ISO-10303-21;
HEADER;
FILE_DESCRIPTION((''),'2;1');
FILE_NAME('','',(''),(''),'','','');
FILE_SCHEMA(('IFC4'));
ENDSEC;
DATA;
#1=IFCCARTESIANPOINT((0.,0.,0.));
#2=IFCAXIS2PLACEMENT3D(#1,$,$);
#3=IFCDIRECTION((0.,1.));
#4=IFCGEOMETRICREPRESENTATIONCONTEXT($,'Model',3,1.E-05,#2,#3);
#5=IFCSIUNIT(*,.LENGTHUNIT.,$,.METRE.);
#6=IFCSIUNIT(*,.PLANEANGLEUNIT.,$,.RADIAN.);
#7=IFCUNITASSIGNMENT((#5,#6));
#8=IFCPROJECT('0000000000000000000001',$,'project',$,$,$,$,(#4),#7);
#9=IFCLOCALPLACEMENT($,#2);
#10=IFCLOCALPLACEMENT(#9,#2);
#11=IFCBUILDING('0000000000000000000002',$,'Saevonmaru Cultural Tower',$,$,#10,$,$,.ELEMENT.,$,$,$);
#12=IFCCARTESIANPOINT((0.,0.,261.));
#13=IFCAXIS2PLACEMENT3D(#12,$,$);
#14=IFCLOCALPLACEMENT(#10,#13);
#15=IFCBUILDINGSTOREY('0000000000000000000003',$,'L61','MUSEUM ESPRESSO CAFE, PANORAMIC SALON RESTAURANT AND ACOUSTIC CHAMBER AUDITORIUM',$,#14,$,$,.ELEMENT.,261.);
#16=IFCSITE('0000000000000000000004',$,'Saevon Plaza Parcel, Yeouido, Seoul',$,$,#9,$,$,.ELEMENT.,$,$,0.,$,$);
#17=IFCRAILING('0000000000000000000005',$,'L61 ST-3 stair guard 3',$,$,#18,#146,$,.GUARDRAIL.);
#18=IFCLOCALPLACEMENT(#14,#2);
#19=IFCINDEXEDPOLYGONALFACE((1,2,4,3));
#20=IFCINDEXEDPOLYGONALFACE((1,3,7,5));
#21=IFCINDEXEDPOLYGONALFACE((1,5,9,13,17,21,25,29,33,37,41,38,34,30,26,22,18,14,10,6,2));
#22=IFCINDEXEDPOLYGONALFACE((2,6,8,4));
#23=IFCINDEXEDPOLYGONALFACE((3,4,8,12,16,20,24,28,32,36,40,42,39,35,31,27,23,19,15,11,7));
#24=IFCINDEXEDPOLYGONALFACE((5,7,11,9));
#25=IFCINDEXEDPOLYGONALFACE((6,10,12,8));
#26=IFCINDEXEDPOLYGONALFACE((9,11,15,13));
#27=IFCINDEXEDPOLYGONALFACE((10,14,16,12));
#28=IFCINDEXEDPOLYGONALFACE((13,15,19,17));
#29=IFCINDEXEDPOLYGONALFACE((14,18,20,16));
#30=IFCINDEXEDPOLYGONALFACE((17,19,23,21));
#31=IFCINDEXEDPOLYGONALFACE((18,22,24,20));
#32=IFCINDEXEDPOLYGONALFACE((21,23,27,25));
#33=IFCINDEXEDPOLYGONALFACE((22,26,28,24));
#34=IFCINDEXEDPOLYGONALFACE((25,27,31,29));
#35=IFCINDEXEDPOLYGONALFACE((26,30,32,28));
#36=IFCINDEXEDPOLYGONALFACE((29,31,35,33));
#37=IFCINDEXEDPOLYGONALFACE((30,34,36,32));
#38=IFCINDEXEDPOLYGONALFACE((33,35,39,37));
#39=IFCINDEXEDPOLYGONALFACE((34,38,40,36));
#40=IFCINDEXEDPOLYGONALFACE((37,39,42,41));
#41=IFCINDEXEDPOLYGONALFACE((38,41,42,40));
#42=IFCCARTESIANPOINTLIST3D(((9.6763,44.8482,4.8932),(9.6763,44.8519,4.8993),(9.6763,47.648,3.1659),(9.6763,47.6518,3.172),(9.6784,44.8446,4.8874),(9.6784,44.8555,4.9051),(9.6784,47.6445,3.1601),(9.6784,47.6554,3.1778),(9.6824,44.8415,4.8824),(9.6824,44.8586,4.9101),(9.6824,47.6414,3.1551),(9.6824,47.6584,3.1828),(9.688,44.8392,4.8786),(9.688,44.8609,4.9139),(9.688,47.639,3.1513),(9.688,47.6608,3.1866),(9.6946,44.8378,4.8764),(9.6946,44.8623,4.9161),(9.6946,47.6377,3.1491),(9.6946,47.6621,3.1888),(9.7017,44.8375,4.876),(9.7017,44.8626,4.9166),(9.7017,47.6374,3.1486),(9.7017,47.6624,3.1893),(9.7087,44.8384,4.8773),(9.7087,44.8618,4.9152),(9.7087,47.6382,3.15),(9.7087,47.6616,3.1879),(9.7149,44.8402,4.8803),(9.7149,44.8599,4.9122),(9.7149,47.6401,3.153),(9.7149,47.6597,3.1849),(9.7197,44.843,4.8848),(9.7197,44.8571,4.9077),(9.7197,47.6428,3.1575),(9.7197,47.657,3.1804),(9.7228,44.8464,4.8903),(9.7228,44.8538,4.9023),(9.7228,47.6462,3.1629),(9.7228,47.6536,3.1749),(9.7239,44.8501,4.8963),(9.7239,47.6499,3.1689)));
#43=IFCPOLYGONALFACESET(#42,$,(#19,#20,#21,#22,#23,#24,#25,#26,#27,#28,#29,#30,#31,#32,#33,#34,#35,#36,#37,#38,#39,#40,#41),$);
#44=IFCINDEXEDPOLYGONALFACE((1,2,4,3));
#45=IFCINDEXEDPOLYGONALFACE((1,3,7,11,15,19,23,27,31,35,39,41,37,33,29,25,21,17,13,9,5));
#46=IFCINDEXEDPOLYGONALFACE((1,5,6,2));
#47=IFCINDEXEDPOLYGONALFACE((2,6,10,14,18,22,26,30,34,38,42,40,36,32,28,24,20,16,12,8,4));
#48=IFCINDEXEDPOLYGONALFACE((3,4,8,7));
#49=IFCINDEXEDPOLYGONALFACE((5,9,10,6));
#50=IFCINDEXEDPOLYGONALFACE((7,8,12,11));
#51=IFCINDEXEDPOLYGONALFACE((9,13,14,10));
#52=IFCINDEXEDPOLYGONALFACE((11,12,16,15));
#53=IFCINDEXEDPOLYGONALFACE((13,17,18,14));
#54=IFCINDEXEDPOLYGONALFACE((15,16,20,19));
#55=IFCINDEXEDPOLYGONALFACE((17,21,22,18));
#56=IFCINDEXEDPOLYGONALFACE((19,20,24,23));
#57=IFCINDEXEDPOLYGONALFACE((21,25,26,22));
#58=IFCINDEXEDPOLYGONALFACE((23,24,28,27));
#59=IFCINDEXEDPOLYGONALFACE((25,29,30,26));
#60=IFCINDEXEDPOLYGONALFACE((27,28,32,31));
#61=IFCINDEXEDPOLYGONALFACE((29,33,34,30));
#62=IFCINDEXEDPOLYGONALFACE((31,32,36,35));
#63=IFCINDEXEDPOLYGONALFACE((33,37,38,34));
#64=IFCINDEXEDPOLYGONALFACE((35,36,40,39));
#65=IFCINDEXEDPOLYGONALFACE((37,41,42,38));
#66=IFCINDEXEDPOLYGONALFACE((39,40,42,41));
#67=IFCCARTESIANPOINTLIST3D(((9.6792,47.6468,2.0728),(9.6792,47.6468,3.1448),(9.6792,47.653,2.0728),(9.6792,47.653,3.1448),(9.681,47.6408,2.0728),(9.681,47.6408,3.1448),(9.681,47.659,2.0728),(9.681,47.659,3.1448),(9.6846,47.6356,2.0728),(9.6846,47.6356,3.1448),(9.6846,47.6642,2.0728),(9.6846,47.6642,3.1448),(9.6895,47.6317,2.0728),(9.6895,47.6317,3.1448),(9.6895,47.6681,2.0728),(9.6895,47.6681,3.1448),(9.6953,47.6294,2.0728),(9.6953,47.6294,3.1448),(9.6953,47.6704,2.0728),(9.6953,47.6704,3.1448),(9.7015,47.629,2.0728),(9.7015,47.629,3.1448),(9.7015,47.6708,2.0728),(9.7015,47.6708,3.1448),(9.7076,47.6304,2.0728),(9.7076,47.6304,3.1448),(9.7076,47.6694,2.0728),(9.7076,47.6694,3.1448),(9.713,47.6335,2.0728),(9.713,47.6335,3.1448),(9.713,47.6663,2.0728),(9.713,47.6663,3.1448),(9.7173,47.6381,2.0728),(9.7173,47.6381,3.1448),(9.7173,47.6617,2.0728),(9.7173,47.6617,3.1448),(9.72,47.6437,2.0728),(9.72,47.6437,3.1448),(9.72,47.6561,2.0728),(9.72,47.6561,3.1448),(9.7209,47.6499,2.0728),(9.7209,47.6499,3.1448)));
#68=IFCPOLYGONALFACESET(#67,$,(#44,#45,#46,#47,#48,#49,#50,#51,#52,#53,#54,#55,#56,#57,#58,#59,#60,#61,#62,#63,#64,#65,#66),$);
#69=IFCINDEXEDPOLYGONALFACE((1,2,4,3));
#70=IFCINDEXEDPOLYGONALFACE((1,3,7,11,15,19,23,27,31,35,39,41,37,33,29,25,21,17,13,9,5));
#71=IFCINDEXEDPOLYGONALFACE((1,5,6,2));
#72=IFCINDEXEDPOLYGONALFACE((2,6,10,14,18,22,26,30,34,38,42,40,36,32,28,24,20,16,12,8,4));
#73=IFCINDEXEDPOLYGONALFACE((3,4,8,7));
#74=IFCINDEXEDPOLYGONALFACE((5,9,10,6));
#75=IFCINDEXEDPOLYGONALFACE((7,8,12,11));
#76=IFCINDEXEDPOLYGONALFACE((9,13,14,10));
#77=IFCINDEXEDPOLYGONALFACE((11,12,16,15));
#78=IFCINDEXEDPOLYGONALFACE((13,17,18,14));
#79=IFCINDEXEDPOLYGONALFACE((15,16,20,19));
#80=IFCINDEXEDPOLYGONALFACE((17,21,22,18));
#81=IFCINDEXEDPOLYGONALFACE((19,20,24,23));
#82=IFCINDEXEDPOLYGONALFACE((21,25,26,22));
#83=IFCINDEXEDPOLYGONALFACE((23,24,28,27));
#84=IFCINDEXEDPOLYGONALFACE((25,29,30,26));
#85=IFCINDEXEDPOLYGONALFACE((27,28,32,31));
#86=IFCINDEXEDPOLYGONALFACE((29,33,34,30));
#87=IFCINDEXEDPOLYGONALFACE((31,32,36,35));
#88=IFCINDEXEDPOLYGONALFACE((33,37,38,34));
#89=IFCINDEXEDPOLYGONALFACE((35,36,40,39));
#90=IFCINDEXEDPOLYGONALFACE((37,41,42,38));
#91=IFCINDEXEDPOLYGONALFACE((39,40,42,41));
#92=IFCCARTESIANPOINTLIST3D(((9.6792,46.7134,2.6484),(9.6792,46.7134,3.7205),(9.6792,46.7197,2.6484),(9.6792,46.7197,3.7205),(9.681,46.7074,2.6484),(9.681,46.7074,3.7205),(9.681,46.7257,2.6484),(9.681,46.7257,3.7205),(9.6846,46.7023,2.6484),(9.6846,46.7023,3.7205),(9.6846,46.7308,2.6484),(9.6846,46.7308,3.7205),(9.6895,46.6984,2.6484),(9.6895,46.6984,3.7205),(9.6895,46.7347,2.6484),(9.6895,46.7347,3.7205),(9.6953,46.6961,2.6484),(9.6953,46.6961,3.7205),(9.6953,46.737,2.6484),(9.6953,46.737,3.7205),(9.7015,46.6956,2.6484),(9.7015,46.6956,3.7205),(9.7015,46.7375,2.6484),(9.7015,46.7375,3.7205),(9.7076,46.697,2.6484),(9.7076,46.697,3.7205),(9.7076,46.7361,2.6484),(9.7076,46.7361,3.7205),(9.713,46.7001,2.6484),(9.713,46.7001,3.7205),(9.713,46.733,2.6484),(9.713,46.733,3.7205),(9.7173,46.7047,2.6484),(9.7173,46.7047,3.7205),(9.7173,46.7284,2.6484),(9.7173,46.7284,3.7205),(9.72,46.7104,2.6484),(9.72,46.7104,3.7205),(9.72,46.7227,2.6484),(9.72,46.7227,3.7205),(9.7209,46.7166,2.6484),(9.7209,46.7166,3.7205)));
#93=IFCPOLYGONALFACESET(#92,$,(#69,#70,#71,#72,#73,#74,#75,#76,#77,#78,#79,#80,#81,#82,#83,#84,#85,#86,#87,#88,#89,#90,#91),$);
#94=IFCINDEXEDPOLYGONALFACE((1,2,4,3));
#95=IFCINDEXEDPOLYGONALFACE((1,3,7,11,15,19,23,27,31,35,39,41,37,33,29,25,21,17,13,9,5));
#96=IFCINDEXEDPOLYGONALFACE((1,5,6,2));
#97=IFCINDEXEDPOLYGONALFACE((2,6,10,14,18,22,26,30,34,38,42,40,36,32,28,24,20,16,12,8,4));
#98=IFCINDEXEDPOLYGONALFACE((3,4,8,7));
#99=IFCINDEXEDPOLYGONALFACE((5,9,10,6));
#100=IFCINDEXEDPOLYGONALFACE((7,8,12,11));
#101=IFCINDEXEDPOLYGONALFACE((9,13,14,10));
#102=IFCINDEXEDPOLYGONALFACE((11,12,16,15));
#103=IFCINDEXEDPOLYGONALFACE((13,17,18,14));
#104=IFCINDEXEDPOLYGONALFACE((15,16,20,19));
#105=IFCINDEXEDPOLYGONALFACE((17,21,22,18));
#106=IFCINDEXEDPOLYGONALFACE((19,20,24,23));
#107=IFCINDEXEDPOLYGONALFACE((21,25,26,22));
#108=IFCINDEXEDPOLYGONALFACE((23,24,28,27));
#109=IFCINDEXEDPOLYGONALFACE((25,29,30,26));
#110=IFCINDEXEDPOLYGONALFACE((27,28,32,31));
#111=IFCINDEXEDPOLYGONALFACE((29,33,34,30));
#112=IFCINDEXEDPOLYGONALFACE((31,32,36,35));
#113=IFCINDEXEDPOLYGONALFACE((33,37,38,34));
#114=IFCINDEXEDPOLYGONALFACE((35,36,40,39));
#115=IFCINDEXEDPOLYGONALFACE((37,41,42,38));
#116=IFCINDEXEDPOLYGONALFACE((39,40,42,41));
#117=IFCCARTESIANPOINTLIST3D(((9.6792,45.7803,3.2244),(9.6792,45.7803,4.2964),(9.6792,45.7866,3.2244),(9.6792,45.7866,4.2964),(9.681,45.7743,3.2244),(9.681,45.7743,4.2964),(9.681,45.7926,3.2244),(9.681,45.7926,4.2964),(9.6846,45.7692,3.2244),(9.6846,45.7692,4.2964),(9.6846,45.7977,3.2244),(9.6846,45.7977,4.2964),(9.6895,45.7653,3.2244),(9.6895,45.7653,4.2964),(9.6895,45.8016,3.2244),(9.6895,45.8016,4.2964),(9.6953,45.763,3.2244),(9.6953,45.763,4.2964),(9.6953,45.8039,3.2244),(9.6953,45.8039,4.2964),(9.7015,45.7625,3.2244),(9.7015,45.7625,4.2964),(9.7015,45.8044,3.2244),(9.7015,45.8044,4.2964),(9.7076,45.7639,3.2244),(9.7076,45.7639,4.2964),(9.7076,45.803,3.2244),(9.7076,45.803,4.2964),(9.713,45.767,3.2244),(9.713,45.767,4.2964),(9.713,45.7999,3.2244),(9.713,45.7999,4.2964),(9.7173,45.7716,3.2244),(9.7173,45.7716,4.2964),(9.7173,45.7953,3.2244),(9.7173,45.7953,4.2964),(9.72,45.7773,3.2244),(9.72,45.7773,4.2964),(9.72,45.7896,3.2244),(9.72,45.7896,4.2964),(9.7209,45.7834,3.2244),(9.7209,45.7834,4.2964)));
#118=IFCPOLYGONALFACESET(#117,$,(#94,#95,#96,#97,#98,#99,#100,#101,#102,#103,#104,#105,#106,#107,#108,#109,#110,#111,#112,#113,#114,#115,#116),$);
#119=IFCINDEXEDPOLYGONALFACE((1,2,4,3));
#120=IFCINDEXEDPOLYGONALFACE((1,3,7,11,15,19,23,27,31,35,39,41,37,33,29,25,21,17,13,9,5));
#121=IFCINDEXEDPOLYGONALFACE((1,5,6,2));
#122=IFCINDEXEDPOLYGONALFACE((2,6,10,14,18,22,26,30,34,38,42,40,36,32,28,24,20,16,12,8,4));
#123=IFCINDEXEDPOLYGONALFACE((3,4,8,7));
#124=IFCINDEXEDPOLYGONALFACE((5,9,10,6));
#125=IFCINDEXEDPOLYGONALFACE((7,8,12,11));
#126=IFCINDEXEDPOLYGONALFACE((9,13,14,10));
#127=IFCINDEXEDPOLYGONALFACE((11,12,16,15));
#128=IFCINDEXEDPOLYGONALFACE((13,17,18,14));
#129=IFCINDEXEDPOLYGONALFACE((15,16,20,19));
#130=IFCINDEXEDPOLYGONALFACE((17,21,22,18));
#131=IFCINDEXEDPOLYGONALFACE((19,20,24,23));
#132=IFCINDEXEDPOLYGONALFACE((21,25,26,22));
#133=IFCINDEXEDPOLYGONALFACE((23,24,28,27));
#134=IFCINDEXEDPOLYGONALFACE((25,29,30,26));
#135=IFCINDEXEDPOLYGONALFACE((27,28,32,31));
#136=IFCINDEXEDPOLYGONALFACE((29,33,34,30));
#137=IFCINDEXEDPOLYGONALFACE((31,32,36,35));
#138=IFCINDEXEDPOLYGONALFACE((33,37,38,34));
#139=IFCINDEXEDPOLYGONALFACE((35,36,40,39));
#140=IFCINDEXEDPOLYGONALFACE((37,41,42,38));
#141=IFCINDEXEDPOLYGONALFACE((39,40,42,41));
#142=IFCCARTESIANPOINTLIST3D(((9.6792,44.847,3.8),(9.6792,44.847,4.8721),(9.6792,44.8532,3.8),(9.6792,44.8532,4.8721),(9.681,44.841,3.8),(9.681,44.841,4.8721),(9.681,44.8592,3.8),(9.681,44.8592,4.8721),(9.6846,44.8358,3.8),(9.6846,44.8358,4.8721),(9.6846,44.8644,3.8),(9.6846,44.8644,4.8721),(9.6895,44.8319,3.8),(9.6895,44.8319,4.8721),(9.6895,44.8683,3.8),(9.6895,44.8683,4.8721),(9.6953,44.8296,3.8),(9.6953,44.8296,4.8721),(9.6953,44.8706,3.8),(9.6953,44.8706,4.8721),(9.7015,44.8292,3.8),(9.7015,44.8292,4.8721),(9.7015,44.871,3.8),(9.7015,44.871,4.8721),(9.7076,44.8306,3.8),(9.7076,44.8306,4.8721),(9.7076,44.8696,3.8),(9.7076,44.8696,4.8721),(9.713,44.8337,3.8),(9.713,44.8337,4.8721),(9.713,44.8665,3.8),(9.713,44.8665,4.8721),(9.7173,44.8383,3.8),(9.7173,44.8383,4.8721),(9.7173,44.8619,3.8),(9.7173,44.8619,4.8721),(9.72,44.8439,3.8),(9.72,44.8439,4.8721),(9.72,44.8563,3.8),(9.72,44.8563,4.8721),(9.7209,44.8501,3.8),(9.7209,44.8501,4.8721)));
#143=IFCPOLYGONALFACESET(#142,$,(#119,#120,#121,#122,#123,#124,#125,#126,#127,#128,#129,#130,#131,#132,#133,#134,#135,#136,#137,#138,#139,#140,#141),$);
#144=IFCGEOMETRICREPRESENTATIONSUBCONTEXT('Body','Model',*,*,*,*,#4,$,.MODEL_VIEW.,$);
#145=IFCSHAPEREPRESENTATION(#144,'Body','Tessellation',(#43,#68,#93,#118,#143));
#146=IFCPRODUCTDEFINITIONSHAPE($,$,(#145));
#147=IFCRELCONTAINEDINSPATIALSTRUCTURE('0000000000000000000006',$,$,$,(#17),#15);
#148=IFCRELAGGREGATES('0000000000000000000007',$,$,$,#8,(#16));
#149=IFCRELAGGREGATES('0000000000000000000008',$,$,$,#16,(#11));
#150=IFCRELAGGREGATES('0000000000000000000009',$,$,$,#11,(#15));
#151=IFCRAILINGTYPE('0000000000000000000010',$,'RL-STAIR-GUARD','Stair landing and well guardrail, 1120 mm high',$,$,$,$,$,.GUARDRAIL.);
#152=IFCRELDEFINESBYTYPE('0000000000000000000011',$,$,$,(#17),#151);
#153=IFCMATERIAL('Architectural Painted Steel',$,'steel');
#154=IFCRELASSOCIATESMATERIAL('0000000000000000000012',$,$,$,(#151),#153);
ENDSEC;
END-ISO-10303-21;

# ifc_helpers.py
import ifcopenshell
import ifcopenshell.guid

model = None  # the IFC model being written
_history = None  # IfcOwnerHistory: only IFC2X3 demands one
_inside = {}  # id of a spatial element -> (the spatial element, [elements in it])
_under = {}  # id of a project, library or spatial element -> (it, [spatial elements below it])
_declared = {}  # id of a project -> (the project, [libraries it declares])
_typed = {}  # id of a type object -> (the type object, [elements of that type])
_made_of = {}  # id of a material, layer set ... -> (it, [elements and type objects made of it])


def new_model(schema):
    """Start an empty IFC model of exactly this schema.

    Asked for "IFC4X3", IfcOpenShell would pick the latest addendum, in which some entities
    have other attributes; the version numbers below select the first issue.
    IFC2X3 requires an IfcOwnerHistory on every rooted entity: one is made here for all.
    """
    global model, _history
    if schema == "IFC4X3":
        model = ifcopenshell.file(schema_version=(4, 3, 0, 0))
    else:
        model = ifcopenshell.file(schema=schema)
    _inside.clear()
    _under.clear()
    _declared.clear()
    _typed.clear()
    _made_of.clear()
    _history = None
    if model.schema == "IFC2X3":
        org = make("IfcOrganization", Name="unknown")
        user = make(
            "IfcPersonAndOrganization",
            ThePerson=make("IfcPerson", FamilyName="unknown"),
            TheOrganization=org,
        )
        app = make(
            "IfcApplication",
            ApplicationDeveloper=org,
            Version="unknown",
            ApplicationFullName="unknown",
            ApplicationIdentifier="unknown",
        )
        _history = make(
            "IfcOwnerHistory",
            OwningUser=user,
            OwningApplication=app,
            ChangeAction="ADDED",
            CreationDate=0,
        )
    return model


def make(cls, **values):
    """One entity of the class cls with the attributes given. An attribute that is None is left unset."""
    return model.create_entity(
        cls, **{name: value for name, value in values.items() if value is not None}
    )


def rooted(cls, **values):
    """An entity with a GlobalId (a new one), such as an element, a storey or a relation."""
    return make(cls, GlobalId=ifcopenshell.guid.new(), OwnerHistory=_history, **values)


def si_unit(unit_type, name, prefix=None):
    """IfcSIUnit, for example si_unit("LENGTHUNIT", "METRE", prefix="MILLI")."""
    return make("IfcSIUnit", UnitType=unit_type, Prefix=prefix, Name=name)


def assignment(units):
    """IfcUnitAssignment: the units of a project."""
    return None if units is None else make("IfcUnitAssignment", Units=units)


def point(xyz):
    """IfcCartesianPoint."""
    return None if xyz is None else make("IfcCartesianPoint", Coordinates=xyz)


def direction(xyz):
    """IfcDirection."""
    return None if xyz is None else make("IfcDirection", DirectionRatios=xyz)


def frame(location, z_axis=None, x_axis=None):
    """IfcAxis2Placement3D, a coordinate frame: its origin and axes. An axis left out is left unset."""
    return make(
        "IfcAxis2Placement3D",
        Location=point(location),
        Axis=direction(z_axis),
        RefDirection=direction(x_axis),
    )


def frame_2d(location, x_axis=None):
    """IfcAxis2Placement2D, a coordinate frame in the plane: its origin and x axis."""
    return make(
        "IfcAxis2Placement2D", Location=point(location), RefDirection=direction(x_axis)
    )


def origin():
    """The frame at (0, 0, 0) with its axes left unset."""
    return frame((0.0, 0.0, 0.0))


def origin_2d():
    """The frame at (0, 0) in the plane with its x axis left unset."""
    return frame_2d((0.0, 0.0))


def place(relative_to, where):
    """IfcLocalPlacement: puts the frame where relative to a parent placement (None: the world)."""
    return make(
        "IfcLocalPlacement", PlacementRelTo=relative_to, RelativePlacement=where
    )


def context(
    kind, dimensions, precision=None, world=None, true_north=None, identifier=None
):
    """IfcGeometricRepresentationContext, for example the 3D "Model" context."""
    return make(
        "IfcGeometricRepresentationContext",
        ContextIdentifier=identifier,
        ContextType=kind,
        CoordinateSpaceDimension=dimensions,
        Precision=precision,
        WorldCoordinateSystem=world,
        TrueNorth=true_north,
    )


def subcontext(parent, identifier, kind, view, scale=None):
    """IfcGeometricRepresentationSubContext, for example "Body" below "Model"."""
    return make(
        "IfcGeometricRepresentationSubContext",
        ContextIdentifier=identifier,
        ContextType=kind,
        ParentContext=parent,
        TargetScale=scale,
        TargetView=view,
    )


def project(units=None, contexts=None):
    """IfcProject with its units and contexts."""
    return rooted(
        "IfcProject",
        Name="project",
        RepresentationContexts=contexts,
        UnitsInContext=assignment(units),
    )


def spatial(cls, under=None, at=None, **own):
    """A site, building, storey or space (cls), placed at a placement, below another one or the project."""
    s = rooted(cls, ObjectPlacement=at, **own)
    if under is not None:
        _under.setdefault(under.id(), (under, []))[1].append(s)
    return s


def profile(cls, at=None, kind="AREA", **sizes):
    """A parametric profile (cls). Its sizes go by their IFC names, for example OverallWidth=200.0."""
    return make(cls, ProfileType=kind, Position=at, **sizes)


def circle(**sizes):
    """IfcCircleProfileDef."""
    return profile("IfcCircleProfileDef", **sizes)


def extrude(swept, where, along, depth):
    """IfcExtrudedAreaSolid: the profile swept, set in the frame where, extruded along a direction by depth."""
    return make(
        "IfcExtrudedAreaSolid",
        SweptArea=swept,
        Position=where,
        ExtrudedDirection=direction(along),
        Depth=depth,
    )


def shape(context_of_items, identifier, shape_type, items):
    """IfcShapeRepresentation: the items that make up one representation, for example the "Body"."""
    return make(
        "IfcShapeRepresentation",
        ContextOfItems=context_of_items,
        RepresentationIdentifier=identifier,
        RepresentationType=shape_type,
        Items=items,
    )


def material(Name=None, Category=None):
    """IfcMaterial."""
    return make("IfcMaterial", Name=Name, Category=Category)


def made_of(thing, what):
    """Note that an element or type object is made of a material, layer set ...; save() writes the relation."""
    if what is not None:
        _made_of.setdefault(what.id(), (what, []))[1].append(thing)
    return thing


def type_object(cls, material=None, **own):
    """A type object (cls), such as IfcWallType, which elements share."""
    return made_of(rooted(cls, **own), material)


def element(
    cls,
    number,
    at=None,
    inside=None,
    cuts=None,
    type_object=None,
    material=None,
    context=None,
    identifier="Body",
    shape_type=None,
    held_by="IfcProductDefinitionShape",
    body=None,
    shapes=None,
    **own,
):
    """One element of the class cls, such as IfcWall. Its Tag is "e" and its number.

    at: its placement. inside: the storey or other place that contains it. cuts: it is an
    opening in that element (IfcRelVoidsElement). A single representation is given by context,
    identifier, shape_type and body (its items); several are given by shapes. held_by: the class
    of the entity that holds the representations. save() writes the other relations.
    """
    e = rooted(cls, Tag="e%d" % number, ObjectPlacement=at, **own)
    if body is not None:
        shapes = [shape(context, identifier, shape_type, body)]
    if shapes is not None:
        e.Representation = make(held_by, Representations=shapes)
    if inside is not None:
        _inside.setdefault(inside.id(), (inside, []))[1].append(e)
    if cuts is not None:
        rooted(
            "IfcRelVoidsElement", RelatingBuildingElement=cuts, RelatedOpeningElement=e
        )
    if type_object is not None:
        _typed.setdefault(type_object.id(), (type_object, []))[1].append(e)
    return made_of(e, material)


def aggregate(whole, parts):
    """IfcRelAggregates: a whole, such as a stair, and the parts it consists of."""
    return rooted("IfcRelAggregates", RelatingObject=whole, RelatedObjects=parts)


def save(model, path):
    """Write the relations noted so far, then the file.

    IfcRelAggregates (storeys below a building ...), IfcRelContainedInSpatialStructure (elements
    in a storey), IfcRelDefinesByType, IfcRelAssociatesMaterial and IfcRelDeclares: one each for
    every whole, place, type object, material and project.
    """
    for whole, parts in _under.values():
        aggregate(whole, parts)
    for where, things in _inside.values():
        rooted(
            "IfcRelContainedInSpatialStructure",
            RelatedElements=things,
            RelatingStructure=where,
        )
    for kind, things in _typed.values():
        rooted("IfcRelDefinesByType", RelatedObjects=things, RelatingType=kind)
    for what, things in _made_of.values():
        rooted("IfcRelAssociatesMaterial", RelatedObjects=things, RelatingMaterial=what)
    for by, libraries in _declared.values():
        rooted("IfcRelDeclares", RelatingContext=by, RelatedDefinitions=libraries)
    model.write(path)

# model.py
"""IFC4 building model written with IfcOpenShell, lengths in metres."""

from ifc_helpers import new_model, si_unit, direction, frame, origin, origin_2d, place, context, subcontext, project, spatial, circle, extrude, material, type_object, element, save


model = new_model("IFC4")

# Units and contexts
model_context = context("Model", 3, precision=1e-05, world=origin(), true_north=direction((0.0, 1.0)))
body_context = subcontext(model_context, "Body", "Model", "MODEL_VIEW")
ifc_project = project(units=[si_unit("LENGTHUNIT", "METRE"), si_unit("PLANEANGLEUNIT", "RADIAN")], contexts=[model_context])

# Site, building, storey
site_placement = place(None, origin())
site = spatial("IfcSite", under=ifc_project, at=site_placement, Name="Saevon Plaza Parcel, Yeouido, Seoul", CompositionType="ELEMENT", RefElevation=0.0)
building_placement = place(site_placement, origin())
building = spatial("IfcBuilding", under=site, at=building_placement, Name="Saevonmaru Cultural Tower", CompositionType="ELEMENT")
storey_placement = place(building_placement, frame((0.0, 0.0, 261.0)))
storey = spatial("IfcBuildingStorey", under=building, at=storey_placement, Name="L61", Description="MUSEUM ESPRESSO CAFE, PANORAMIC SALON RESTAURANT AND ACOUSTIC CHAMBER AUDITORIUM", CompositionType="ELEMENT", Elevation=261.0)

# Railing
ifc_material_1 = material(Name="Architectural Painted Steel", Category="steel")
railing_type_1 = type_object("IfcRailingType", Name="RL-STAIR-GUARD", Description="Stair landing and well guardrail, 1120 mm high", PredefinedType="GUARDRAIL", material=ifc_material_1)
railing_1_placement = place(storey_placement, frame((9.7, 47.6499, 2.0728)))
element("IfcRailing", 1, at=railing_1_placement, inside=storey, type_object=railing_type_1, Name="L61 ST-3 stair guard 3", PredefinedType="GUARDRAIL", context=body_context, shape_type="SweptSolid", body=[
    extrude(circle(Radius=0.0239, at=origin_2d()), frame((0.0, 0.0, 1.0962), z_axis=(0.0, -0.851069, 0.525054), x_axis=(1.0, 0.0, 0.0)), (0.0, 0.0, 1.0), 3.2898),
    extrude(circle(Radius=0.021, at=origin_2d()), origin(), (0.0, 0.0, 1.0), 1.072),
    extrude(circle(Radius=0.021, at=origin_2d()), frame((0.0, -0.9333, 0.5757)), (0.0, 0.0, 1.0), 1.072),
    extrude(circle(Radius=0.021, at=origin_2d()), frame((0.0, -1.8665, 1.1516)), (0.0, 0.0, 1.0), 1.072),
    extrude(circle(Radius=0.021, at=origin_2d()), frame((0.0, -2.7998, 1.7273)), (0.0, 0.0, 1.0), 1.072),
])

save(model, "model.ifc")
